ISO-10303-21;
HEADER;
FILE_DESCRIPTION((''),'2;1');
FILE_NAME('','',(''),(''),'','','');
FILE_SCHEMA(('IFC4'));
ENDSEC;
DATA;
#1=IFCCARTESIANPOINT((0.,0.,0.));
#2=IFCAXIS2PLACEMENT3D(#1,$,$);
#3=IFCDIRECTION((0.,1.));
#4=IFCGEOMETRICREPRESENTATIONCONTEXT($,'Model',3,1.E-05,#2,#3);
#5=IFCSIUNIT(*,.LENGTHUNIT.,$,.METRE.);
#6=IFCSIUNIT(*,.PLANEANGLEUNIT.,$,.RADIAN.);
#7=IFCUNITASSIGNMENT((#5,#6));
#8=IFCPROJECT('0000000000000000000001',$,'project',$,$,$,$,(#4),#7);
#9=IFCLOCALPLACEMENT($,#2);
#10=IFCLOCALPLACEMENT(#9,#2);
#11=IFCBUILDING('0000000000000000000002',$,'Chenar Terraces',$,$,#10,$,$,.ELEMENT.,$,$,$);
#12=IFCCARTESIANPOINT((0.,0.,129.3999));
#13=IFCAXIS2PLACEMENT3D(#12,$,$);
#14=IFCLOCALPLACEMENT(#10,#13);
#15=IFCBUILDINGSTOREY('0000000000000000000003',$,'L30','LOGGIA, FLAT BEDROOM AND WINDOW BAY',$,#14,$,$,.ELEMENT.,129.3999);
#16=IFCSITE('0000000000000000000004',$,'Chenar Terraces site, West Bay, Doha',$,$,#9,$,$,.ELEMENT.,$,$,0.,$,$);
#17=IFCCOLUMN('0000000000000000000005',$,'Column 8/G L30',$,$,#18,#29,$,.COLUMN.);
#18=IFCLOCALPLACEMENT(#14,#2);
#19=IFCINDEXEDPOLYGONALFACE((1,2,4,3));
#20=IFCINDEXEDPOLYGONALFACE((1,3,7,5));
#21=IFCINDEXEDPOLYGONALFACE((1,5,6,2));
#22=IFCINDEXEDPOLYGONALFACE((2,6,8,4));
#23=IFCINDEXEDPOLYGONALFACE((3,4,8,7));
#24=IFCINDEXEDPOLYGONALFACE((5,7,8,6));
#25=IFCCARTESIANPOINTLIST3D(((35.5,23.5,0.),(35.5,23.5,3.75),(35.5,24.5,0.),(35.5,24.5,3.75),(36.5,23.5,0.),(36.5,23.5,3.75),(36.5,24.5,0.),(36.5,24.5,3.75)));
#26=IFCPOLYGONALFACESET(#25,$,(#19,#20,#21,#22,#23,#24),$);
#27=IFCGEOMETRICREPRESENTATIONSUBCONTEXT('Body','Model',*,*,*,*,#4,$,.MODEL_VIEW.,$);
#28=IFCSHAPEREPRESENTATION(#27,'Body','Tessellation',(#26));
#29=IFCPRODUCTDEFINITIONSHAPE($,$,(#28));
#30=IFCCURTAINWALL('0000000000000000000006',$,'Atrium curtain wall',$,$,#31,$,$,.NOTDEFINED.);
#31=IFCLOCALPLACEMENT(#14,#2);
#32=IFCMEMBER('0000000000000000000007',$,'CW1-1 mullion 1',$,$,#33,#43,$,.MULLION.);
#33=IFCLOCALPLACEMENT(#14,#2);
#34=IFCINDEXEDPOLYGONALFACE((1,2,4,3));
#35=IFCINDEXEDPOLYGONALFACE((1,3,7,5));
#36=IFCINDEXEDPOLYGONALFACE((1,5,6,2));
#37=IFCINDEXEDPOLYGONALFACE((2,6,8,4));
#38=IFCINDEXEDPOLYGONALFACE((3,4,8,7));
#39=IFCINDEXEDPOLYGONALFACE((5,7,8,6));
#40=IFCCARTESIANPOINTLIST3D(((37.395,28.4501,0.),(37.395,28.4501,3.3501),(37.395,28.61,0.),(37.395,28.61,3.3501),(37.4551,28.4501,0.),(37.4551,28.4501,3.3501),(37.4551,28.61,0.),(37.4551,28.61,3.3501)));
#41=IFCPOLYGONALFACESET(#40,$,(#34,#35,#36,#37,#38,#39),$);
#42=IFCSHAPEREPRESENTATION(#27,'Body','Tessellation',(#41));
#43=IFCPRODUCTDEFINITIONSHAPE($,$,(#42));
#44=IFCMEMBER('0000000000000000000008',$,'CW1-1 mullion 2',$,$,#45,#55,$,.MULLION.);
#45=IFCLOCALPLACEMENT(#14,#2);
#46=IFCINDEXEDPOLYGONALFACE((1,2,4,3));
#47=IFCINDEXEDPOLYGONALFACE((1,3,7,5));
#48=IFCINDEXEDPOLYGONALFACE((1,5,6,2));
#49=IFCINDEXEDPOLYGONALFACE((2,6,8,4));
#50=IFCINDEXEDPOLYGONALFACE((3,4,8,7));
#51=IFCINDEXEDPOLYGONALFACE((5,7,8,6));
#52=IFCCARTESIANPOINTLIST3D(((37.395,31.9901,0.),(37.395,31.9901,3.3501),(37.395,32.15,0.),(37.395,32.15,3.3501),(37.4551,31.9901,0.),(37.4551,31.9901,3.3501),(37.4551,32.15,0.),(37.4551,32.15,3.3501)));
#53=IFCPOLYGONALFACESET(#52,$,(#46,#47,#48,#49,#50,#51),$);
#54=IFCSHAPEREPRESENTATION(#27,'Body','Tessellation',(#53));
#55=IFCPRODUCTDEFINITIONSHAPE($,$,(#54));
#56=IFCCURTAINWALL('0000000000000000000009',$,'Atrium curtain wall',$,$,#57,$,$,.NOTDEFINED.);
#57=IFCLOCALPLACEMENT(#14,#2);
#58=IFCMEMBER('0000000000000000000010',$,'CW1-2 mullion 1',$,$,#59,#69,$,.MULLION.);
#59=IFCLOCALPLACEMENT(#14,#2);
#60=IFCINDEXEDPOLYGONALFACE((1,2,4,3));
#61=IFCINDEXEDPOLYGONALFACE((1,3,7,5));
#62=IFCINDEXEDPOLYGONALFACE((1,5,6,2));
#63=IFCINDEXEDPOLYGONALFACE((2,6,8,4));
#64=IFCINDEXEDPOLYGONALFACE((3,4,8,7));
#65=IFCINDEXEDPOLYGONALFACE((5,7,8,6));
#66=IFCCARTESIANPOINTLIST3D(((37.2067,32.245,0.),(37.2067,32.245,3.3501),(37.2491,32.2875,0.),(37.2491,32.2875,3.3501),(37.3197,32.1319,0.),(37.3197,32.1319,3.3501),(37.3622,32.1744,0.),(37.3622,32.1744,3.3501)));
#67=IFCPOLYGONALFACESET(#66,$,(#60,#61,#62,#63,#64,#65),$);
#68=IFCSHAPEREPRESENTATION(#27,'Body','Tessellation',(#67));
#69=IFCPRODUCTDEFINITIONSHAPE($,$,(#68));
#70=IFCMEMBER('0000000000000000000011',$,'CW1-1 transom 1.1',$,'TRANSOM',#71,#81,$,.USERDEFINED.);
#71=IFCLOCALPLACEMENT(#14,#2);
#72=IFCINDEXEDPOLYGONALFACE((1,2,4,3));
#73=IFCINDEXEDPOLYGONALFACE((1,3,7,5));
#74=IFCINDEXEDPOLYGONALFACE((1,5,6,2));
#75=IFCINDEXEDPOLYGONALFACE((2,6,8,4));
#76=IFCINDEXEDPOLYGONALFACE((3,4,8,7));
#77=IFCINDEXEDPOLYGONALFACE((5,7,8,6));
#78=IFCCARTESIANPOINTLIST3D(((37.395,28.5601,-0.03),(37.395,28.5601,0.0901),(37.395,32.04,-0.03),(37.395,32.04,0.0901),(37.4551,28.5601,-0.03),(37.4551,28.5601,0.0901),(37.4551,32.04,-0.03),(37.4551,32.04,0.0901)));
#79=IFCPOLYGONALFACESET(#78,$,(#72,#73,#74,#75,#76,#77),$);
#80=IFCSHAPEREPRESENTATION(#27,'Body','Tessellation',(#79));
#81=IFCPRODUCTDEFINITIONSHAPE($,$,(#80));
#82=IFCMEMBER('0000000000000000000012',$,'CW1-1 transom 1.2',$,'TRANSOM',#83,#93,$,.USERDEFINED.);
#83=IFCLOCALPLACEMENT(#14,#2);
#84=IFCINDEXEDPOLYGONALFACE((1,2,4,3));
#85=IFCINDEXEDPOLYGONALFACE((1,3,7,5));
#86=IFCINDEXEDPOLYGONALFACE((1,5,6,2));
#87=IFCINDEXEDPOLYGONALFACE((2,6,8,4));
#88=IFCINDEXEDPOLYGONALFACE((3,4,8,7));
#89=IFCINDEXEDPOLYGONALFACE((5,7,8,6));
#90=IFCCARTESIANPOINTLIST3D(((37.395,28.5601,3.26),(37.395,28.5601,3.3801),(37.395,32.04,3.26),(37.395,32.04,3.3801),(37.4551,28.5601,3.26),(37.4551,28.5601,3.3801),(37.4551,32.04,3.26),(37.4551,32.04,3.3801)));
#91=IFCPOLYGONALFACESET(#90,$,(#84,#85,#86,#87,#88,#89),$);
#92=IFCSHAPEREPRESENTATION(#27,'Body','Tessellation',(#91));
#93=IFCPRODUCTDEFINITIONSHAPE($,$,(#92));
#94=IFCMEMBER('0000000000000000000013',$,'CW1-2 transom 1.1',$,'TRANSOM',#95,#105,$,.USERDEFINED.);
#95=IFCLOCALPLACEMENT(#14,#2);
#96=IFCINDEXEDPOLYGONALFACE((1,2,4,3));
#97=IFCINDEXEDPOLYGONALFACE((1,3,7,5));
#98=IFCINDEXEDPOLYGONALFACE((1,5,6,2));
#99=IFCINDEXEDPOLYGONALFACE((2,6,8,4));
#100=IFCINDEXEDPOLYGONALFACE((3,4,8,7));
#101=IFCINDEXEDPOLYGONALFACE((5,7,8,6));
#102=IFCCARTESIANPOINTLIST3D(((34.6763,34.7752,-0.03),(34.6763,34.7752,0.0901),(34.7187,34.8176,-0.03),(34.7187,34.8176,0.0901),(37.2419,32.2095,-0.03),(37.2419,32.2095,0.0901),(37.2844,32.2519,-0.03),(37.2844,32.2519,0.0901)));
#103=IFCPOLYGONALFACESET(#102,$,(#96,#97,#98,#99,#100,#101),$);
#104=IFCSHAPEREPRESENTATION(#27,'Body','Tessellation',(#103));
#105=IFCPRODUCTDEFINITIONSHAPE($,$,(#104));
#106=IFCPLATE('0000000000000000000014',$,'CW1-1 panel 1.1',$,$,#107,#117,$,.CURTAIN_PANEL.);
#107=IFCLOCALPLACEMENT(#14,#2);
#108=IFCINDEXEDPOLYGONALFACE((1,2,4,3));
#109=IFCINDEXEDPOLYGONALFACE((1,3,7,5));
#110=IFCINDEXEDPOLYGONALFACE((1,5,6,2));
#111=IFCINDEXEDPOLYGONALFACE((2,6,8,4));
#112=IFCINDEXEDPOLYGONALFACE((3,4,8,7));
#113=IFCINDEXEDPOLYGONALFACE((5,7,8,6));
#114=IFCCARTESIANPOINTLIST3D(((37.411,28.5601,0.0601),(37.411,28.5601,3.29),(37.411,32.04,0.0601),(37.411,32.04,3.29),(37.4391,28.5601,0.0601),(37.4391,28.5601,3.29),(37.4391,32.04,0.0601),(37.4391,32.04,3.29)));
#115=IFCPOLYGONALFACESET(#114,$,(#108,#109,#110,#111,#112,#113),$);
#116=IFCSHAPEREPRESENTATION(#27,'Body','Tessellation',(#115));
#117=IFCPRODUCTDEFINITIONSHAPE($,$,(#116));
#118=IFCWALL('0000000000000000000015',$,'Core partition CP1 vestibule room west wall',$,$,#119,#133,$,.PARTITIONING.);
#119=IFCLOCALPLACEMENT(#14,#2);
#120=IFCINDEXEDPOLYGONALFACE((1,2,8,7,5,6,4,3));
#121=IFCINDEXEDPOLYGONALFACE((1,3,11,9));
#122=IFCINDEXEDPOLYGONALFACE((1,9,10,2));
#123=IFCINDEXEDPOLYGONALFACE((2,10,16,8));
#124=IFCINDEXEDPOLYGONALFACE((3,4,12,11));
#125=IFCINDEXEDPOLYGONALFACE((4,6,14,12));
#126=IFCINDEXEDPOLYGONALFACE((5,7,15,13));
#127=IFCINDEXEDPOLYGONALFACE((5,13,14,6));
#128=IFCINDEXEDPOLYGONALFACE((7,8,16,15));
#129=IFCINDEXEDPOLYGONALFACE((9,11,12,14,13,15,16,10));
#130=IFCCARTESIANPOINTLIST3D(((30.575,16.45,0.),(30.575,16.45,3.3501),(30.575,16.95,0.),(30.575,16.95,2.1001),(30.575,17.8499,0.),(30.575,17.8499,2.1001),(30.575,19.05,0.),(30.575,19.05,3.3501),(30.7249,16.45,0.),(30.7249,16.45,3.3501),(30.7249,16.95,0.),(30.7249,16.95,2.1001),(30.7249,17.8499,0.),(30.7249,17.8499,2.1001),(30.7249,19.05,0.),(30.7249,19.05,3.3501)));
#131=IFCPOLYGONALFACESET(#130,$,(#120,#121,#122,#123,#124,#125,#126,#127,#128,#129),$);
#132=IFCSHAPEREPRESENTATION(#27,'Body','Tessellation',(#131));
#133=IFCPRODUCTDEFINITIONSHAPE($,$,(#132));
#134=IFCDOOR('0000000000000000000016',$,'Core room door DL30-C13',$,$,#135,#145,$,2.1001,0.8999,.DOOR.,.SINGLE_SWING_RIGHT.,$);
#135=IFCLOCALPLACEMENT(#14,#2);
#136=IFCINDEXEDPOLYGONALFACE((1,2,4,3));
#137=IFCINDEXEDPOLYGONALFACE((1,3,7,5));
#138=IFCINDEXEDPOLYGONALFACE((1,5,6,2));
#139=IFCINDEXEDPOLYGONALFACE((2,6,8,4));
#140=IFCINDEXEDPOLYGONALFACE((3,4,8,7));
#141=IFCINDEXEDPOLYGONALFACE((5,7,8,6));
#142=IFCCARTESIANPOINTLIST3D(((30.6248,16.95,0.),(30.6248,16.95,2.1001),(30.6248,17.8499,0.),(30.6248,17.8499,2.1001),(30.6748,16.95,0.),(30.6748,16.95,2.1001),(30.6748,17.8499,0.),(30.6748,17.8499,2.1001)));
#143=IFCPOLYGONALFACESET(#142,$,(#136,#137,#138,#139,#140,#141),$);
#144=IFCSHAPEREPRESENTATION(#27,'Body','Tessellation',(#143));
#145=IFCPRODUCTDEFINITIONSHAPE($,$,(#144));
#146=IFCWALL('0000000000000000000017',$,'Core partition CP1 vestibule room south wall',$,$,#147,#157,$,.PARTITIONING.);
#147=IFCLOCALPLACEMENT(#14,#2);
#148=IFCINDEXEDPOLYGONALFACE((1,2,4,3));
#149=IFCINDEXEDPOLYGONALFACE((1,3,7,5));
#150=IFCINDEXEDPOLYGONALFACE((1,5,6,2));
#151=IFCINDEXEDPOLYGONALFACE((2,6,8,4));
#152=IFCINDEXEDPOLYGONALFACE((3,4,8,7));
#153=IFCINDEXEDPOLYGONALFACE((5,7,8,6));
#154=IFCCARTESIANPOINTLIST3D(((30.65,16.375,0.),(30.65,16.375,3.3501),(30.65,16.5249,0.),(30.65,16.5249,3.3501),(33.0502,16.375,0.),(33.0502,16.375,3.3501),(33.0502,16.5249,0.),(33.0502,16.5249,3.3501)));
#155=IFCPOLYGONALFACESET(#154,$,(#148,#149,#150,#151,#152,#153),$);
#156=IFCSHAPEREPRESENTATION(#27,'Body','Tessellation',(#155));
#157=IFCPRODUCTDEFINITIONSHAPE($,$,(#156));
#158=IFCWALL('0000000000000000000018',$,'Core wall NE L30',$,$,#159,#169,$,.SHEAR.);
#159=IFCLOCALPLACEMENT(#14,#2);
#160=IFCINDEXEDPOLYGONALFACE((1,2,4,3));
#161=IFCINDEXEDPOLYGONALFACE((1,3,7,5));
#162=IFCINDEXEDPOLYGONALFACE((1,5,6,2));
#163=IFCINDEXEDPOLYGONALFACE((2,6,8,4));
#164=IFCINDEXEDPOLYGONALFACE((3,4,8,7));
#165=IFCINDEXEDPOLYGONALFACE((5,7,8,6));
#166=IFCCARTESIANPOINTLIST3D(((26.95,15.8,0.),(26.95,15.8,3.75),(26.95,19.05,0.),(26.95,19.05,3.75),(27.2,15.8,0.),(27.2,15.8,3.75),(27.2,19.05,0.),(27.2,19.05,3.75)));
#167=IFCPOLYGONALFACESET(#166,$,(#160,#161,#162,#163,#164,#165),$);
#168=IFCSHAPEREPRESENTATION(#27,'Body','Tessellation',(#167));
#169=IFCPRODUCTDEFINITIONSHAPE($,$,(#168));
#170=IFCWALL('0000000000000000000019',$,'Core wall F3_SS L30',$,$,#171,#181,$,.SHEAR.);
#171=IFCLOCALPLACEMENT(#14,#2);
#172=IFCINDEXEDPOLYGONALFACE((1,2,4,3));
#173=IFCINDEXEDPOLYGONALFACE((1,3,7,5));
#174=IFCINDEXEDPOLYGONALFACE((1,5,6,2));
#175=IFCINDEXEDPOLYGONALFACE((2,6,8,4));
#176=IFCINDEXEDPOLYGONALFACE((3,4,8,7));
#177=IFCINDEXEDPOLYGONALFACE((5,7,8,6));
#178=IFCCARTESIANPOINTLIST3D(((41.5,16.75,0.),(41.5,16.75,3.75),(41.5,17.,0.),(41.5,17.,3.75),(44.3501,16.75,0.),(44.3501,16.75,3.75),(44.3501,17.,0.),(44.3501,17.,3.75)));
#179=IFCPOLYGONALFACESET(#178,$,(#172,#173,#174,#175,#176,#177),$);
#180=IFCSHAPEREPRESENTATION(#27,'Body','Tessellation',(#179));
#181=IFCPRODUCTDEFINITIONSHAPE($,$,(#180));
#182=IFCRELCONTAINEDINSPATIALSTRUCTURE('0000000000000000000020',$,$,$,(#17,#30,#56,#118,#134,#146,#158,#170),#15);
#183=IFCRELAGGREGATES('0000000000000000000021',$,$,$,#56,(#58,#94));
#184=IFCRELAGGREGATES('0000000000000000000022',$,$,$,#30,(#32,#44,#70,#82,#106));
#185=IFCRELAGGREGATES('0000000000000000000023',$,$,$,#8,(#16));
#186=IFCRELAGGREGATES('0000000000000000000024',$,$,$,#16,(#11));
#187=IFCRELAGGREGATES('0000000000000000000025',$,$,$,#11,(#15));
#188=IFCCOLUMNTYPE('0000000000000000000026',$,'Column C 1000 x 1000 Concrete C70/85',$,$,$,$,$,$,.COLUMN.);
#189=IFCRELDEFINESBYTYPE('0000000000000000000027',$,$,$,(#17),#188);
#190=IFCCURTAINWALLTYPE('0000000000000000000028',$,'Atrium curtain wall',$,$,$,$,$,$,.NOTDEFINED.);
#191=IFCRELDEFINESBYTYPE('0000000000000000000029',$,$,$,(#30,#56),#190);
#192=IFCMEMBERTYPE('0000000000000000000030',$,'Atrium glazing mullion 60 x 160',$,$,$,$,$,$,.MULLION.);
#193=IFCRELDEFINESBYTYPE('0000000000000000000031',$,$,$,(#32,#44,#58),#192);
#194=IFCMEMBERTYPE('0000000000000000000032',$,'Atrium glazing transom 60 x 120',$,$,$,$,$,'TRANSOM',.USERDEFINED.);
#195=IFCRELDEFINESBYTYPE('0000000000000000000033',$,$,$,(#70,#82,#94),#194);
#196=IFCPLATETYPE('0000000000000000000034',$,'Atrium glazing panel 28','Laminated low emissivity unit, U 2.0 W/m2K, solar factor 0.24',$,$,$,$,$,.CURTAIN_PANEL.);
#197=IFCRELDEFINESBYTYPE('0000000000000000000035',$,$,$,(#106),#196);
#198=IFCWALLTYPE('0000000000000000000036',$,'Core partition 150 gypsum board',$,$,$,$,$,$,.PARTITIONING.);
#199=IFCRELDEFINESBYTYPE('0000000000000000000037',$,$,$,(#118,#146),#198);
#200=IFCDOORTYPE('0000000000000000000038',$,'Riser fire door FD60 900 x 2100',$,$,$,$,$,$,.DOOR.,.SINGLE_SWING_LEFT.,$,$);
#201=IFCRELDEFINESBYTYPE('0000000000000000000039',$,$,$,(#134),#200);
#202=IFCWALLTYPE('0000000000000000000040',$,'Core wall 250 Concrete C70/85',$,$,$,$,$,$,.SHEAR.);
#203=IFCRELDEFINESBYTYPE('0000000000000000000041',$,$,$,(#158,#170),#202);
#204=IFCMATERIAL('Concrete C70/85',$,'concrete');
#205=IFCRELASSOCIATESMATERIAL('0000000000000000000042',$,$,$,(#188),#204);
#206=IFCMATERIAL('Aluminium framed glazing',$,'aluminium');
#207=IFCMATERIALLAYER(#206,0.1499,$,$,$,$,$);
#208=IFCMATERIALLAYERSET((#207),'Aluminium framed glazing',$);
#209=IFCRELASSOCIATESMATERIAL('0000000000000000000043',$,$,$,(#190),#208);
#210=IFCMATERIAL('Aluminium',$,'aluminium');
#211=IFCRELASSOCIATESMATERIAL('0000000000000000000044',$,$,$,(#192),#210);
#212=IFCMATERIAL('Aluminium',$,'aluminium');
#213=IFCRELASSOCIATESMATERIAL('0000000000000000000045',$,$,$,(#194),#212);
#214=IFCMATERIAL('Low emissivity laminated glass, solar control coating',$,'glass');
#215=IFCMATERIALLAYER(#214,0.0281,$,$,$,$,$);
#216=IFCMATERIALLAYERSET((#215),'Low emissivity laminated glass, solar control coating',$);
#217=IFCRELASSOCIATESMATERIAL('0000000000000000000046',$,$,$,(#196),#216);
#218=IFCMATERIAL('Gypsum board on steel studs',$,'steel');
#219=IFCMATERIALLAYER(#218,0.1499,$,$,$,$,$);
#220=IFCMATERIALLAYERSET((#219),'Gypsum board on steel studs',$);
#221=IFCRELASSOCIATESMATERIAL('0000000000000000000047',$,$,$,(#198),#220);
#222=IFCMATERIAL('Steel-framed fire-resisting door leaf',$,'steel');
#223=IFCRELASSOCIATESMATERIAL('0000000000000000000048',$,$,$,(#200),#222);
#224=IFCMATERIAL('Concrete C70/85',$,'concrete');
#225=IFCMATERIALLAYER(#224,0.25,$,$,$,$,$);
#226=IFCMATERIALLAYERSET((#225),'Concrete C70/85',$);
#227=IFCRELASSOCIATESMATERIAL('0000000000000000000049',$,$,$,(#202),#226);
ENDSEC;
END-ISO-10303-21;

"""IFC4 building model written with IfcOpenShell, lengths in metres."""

from ifc_helpers import new_model, si_unit, direction, frame, frame_2d, origin, origin_2d, place, context, subcontext, project, spatial, rectangle, extrude, material, layer, layer_set, material_profile, profile_set, type_object, element, fill, aggregate, save


model = new_model("IFC4")

# Units and contexts
model_context = context("Model", 3, precision=1e-05, world=origin(), true_north=direction((0.0, 1.0)))
body_context = subcontext(model_context, "Body", "Model", "MODEL_VIEW")
ifc_project = project(units=[si_unit("LENGTHUNIT", "METRE"), si_unit("PLANEANGLEUNIT", "RADIAN")], contexts=[model_context])

# Site, building, storey
site_placement = place(None, origin())
site = spatial("IfcSite", under=ifc_project, at=site_placement, Name="Chenar Terraces site, West Bay, Doha", CompositionType="ELEMENT", RefElevation=0.0)
building_placement = place(site_placement, origin())
building = spatial("IfcBuilding", under=site, at=building_placement, Name="Chenar Terraces", CompositionType="ELEMENT")
storey_placement = place(building_placement, frame((0.0, 0.0, 129.3999)))
storey = spatial("IfcBuildingStorey", under=building, at=storey_placement, Name="L30", Description="LOGGIA, FLAT BEDROOM AND WINDOW BAY", CompositionType="ELEMENT", Elevation=129.3999)

# Column
ifc_material_1 = material(Name="Concrete C70/85", Category="concrete")
ifc_material_profile_1 = material_profile(ifc_material_1, rectangle(XDim=1.0, YDim=1.0, at=origin_2d()), Name="C 1000 x 1000")
ifc_profile_set_1 = profile_set([ifc_material_profile_1], Name="Concrete C70/85")
column_type = type_object("IfcColumnType", Name="Column C 1000 x 1000 Concrete C70/85", PredefinedType="COLUMN", material=ifc_profile_set_1)
column_placement = place(storey_placement, frame((36.0, 24.0, 0.0), z_axis=(0.0, 0.0, 1.0), x_axis=(1.0, 0.0, 0.0)))
element("IfcColumn", 1, at=column_placement, inside=storey, type_object=column_type, Name="Column 8/G L30", PredefinedType="COLUMN", context=body_context, shape_type="SweptSolid", body=[
    extrude(rectangle(XDim=1.0, YDim=1.0, at=origin_2d()), origin(), (0.0, 0.0, 1.0), 3.75),
])

# Curtain wall, members
ifc_material_2 = material(Name="Aluminium framed glazing", Category="aluminium")
ifc_layer_1 = layer(ifc_material_2, 0.1499)
ifc_layer_set_1 = layer_set([ifc_layer_1], Name="Aluminium framed glazing")
curtain_wall_type = type_object("IfcCurtainWallType", Name="Atrium curtain wall", PredefinedType="NOTDEFINED", material=ifc_layer_set_1)
placement = place(storey_placement, origin())
curtain_wall_1 = element("IfcCurtainWall", 2, at=placement, inside=storey, type_object=curtain_wall_type, Name="Atrium curtain wall", PredefinedType="NOTDEFINED")
ifc_material_3 = material(Name="Aluminium", Category="aluminium")
ifc_material_profile_2 = material_profile(ifc_material_3, rectangle(XDim=0.0601, YDim=0.1599, at=origin_2d()), Name="Atrium glazing mullion 60 x 160")
ifc_profile_set_2 = profile_set([ifc_material_profile_2], Name="Aluminium")
member_type_1 = type_object("IfcMemberType", Name="Atrium glazing mullion 60 x 160", PredefinedType="MULLION", material=ifc_profile_set_2)
member_1_placement = place(storey_placement, frame((37.425, 28.53, 0.0), z_axis=(0.0, 0.0, 1.0), x_axis=(-1.0, 0.0, 0.0)))
member_1 = element("IfcMember", 3, at=member_1_placement, type_object=member_type_1, Name="CW1-1 mullion 1", PredefinedType="MULLION", context=body_context, shape_type="SweptSolid", body=[
    extrude(rectangle(XDim=0.0601, YDim=0.1599, at=origin_2d()), origin(), (0.0, 0.0, 1.0), 3.3501),
])
member_2_placement = place(storey_placement, frame((37.425, 32.0701, 0.0), z_axis=(0.0, 0.0, 1.0), x_axis=(-1.0, 0.0, 0.0)))
member_2 = element("IfcMember", 4, at=member_2_placement, type_object=member_type_1, Name="CW1-1 mullion 2", PredefinedType="MULLION", context=body_context, shape_type="SweptSolid", body=[
    extrude(rectangle(XDim=0.0601, YDim=0.1599, at=origin_2d()), origin(), (0.0, 0.0, 1.0), 3.3501),
])

# Curtain wall, member
curtain_wall_2 = element("IfcCurtainWall", 5, at=placement, inside=storey, type_object=curtain_wall_type, Name="Atrium curtain wall", PredefinedType="NOTDEFINED")
member_3_placement = place(storey_placement, frame((37.2844, 32.2097, 0.0), z_axis=(0.0, 0.0, 1.0), x_axis=(-0.707107, -0.707107, 0.0)))
member_3 = element("IfcMember", 6, at=member_3_placement, type_object=member_type_1, Name="CW1-2 mullion 1", PredefinedType="MULLION", context=body_context, shape_type="SweptSolid", body=[
    extrude(rectangle(XDim=0.0601, YDim=0.1599, at=origin_2d()), origin(), (0.0, 0.0, 1.0), 3.3501),
])

# Members
ifc_material_4 = material(Name="Aluminium", Category="aluminium")
ifc_material_profile_3 = material_profile(ifc_material_4, rectangle(XDim=0.0601, YDim=0.1201, at=origin_2d()), Name="Atrium glazing transom 60 x 120")
ifc_profile_set_3 = profile_set([ifc_material_profile_3], Name="Aluminium")
member_type_2 = type_object("IfcMemberType", Name="Atrium glazing transom 60 x 120", ElementType="TRANSOM", PredefinedType="USERDEFINED", material=ifc_profile_set_3)
member_4_placement = place(storey_placement, frame((37.425, 28.5601, 0.03), z_axis=(0.0, 1.0, 0.0), x_axis=(-1.0, 0.0, 0.0)))
member_4 = element("IfcMember", 7, at=member_4_placement, type_object=member_type_2, Name="CW1-1 transom 1.1", ObjectType="TRANSOM", PredefinedType="USERDEFINED", context=body_context, shape_type="SweptSolid", body=[
    extrude(rectangle(XDim=0.0601, YDim=0.1201, at=origin_2d()), origin(), (0.0, 0.0, 1.0), 3.48),
])
member_5_placement = place(storey_placement, frame((37.425, 28.5601, 3.3201), z_axis=(0.0, 1.0, 0.0), x_axis=(-1.0, 0.0, 0.0)))
member_5 = element("IfcMember", 8, at=member_5_placement, type_object=member_type_2, Name="CW1-1 transom 1.2", ObjectType="TRANSOM", PredefinedType="USERDEFINED", context=body_context, shape_type="SweptSolid", body=[
    extrude(rectangle(XDim=0.0601, YDim=0.1201, at=origin_2d()), origin(), (0.0, 0.0, 1.0), 3.48),
])
member_6_placement = place(storey_placement, frame((37.2632, 32.2307, 0.03), z_axis=(-0.707107, 0.707107, 0.0), x_axis=(-0.707107, -0.707107, 0.0)))
member_6 = element("IfcMember", 9, at=member_6_placement, type_object=member_type_2, Name="CW1-2 transom 1.1", ObjectType="TRANSOM", PredefinedType="USERDEFINED", context=body_context, shape_type="SweptSolid", body=[
    extrude(rectangle(XDim=0.0601, YDim=0.1201, at=origin_2d()), origin(), (0.0, 0.0, 1.0), 3.6284),
])
aggregate(curtain_wall_2, [member_3, member_6])

# Plate
ifc_material_5 = material(Name="Low emissivity laminated glass, solar control coating", Category="glass")
ifc_layer_2 = layer(ifc_material_5, 0.0281)
ifc_layer_set_2 = layer_set([ifc_layer_2], Name="Low emissivity laminated glass, solar control coating")
plate_type = type_object("IfcPlateType", Name="Atrium glazing panel 28", Description="Laminated low emissivity unit, U 2.0 W/m2K, solar factor 0.24", PredefinedType="CURTAIN_PANEL", material=ifc_layer_set_2)
plate_placement = place(storey_placement, frame((37.425, 30.3, 0.0601), z_axis=(0.0, 0.0, 1.0), x_axis=(0.0, 1.0, 0.0)))
plate = element("IfcPlate", 10, at=plate_placement, type_object=plate_type, Name="CW1-1 panel 1.1", PredefinedType="CURTAIN_PANEL", context=body_context, shape_type="SweptSolid", body=[
    extrude(rectangle(XDim=3.48, YDim=0.0281, at=origin_2d()), origin(), (0.0, 0.0, 1.0), 3.23),
])
aggregate(curtain_wall_1, [member_1, member_2, member_4, member_5, plate])

# Wall, opening, door
ifc_material_6 = material(Name="Gypsum board on steel studs", Category="steel")
ifc_layer_3 = layer(ifc_material_6, 0.1499)
ifc_layer_set_3 = layer_set([ifc_layer_3], Name="Gypsum board on steel studs")
wall_type_1 = type_object("IfcWallType", Name="Core partition 150 gypsum board", PredefinedType="PARTITIONING", material=ifc_layer_set_3)
wall_1_placement = place(storey_placement, frame((30.6499, 16.45, 0.0), z_axis=(0.0, 0.0, 1.0), x_axis=(0.0, 1.0, 0.0)))
wall_1 = element("IfcWall", 11, at=wall_1_placement, inside=storey, type_object=wall_type_1, Name="Core partition CP1 vestibule room west wall", PredefinedType="PARTITIONING", context=body_context, shape_type="SweptSolid", body=[
    extrude(rectangle(XDim=2.6001, YDim=0.1499, at=frame_2d((1.3, 0.0))), origin(), (0.0, 0.0, 1.0), 3.3501),
])
opening_1_placement = place(wall_1_placement, frame((0.5, 0.0, 0.0)))
opening_1 = element("IfcOpeningElement", 12, at=opening_1_placement, cuts=wall_1, PredefinedType="OPENING", context=body_context, shape_type="SweptSolid", body=[
    extrude(rectangle(XDim=0.8999, YDim=2.1001, at=frame_2d((0.45, 1.05))), frame((0.0, 0.085, 0.0), z_axis=(0.0, -1.0, 0.0), x_axis=(1.0, 0.0, 0.0)), (0.0, 0.0, 1.0), 0.1699),
])
ifc_material_7 = material(Name="Steel-framed fire-resisting door leaf", Category="steel")
door_type = type_object("IfcDoorType", Name="Riser fire door FD60 900 x 2100", OperationType="SINGLE_SWING_LEFT", PredefinedType="DOOR", material=ifc_material_7)
door_placement = place(opening_1_placement, frame((0.8999, 0.0, 0.0), z_axis=(0.0, 0.0, 1.0), x_axis=(-1.0, 0.0, 0.0)))
door = element("IfcDoor", 13, at=door_placement, inside=storey, type_object=door_type, Name="Core room door DL30-C13", OperationType="SINGLE_SWING_RIGHT", OverallHeight=2.1001, OverallWidth=0.8999, PredefinedType="DOOR", context=body_context, shape_type="SweptSolid", body=[
    extrude(rectangle(XDim=0.8999, YDim=2.1001, at=frame_2d((0.45, 1.05))), frame((0.0, 0.0249, 0.0), z_axis=(0.0, -1.0, 0.0), x_axis=(1.0, 0.0, 0.0)), (0.0, 0.0, 1.0), 0.05),
])
fill(opening_1, door)

# Walls
wall_2_placement = place(storey_placement, frame((30.6499, 16.45, 0.0), z_axis=(0.0, 0.0, 1.0), x_axis=(1.0, 0.0, 0.0)))
element("IfcWall", 14, at=wall_2_placement, inside=storey, type_object=wall_type_1, Name="Core partition CP1 vestibule room south wall", PredefinedType="PARTITIONING", context=body_context, shape_type="SweptSolid", body=[
    extrude(rectangle(XDim=2.4001, YDim=0.1499, at=frame_2d((1.2002, 0.0))), origin(), (0.0, 0.0, 1.0), 3.3501),
])
ifc_material_8 = material(Name="Concrete C70/85", Category="concrete")
ifc_layer_4 = layer(ifc_material_8, 0.25)
ifc_layer_set_4 = layer_set([ifc_layer_4], Name="Concrete C70/85")
wall_type_2 = type_object("IfcWallType", Name="Core wall 250 Concrete C70/85", PredefinedType="SHEAR", material=ifc_layer_set_4)
wall_3_placement = place(storey_placement, frame((27.075, 15.8, 0.0), z_axis=(0.0, 0.0, 1.0), x_axis=(0.0, 1.0, 0.0)))
element("IfcWall", 15, at=wall_3_placement, inside=storey, type_object=wall_type_2, Name="Core wall NE L30", PredefinedType="SHEAR", context=body_context, shape_type="SweptSolid", body=[
    extrude(rectangle(XDim=3.25, YDim=0.25, at=frame_2d((1.625, 0.0))), origin(), (0.0, 0.0, 1.0), 3.75),
])
for number, where, z_axis, x_axis, name in (
    (16, (41.5, 16.875, 0.0), (0.0, 0.0, 1.0), (1.0, 0.0, 0.0), "Core wall F3_SS L30"),
):
    element("IfcWall", number, at=place(storey_placement, frame(where, z_axis=z_axis, x_axis=x_axis)), inside=storey, type_object=wall_type_2, Name=name, PredefinedType="SHEAR", context=body_context, shape_type="SweptSolid", body=[
        extrude(rectangle(XDim=2.8501, YDim=0.25, at=frame_2d((1.425, 0.0))), origin(), (0.0, 0.0, 1.0), 3.75),
    ])

save(model, "model.ifc")
